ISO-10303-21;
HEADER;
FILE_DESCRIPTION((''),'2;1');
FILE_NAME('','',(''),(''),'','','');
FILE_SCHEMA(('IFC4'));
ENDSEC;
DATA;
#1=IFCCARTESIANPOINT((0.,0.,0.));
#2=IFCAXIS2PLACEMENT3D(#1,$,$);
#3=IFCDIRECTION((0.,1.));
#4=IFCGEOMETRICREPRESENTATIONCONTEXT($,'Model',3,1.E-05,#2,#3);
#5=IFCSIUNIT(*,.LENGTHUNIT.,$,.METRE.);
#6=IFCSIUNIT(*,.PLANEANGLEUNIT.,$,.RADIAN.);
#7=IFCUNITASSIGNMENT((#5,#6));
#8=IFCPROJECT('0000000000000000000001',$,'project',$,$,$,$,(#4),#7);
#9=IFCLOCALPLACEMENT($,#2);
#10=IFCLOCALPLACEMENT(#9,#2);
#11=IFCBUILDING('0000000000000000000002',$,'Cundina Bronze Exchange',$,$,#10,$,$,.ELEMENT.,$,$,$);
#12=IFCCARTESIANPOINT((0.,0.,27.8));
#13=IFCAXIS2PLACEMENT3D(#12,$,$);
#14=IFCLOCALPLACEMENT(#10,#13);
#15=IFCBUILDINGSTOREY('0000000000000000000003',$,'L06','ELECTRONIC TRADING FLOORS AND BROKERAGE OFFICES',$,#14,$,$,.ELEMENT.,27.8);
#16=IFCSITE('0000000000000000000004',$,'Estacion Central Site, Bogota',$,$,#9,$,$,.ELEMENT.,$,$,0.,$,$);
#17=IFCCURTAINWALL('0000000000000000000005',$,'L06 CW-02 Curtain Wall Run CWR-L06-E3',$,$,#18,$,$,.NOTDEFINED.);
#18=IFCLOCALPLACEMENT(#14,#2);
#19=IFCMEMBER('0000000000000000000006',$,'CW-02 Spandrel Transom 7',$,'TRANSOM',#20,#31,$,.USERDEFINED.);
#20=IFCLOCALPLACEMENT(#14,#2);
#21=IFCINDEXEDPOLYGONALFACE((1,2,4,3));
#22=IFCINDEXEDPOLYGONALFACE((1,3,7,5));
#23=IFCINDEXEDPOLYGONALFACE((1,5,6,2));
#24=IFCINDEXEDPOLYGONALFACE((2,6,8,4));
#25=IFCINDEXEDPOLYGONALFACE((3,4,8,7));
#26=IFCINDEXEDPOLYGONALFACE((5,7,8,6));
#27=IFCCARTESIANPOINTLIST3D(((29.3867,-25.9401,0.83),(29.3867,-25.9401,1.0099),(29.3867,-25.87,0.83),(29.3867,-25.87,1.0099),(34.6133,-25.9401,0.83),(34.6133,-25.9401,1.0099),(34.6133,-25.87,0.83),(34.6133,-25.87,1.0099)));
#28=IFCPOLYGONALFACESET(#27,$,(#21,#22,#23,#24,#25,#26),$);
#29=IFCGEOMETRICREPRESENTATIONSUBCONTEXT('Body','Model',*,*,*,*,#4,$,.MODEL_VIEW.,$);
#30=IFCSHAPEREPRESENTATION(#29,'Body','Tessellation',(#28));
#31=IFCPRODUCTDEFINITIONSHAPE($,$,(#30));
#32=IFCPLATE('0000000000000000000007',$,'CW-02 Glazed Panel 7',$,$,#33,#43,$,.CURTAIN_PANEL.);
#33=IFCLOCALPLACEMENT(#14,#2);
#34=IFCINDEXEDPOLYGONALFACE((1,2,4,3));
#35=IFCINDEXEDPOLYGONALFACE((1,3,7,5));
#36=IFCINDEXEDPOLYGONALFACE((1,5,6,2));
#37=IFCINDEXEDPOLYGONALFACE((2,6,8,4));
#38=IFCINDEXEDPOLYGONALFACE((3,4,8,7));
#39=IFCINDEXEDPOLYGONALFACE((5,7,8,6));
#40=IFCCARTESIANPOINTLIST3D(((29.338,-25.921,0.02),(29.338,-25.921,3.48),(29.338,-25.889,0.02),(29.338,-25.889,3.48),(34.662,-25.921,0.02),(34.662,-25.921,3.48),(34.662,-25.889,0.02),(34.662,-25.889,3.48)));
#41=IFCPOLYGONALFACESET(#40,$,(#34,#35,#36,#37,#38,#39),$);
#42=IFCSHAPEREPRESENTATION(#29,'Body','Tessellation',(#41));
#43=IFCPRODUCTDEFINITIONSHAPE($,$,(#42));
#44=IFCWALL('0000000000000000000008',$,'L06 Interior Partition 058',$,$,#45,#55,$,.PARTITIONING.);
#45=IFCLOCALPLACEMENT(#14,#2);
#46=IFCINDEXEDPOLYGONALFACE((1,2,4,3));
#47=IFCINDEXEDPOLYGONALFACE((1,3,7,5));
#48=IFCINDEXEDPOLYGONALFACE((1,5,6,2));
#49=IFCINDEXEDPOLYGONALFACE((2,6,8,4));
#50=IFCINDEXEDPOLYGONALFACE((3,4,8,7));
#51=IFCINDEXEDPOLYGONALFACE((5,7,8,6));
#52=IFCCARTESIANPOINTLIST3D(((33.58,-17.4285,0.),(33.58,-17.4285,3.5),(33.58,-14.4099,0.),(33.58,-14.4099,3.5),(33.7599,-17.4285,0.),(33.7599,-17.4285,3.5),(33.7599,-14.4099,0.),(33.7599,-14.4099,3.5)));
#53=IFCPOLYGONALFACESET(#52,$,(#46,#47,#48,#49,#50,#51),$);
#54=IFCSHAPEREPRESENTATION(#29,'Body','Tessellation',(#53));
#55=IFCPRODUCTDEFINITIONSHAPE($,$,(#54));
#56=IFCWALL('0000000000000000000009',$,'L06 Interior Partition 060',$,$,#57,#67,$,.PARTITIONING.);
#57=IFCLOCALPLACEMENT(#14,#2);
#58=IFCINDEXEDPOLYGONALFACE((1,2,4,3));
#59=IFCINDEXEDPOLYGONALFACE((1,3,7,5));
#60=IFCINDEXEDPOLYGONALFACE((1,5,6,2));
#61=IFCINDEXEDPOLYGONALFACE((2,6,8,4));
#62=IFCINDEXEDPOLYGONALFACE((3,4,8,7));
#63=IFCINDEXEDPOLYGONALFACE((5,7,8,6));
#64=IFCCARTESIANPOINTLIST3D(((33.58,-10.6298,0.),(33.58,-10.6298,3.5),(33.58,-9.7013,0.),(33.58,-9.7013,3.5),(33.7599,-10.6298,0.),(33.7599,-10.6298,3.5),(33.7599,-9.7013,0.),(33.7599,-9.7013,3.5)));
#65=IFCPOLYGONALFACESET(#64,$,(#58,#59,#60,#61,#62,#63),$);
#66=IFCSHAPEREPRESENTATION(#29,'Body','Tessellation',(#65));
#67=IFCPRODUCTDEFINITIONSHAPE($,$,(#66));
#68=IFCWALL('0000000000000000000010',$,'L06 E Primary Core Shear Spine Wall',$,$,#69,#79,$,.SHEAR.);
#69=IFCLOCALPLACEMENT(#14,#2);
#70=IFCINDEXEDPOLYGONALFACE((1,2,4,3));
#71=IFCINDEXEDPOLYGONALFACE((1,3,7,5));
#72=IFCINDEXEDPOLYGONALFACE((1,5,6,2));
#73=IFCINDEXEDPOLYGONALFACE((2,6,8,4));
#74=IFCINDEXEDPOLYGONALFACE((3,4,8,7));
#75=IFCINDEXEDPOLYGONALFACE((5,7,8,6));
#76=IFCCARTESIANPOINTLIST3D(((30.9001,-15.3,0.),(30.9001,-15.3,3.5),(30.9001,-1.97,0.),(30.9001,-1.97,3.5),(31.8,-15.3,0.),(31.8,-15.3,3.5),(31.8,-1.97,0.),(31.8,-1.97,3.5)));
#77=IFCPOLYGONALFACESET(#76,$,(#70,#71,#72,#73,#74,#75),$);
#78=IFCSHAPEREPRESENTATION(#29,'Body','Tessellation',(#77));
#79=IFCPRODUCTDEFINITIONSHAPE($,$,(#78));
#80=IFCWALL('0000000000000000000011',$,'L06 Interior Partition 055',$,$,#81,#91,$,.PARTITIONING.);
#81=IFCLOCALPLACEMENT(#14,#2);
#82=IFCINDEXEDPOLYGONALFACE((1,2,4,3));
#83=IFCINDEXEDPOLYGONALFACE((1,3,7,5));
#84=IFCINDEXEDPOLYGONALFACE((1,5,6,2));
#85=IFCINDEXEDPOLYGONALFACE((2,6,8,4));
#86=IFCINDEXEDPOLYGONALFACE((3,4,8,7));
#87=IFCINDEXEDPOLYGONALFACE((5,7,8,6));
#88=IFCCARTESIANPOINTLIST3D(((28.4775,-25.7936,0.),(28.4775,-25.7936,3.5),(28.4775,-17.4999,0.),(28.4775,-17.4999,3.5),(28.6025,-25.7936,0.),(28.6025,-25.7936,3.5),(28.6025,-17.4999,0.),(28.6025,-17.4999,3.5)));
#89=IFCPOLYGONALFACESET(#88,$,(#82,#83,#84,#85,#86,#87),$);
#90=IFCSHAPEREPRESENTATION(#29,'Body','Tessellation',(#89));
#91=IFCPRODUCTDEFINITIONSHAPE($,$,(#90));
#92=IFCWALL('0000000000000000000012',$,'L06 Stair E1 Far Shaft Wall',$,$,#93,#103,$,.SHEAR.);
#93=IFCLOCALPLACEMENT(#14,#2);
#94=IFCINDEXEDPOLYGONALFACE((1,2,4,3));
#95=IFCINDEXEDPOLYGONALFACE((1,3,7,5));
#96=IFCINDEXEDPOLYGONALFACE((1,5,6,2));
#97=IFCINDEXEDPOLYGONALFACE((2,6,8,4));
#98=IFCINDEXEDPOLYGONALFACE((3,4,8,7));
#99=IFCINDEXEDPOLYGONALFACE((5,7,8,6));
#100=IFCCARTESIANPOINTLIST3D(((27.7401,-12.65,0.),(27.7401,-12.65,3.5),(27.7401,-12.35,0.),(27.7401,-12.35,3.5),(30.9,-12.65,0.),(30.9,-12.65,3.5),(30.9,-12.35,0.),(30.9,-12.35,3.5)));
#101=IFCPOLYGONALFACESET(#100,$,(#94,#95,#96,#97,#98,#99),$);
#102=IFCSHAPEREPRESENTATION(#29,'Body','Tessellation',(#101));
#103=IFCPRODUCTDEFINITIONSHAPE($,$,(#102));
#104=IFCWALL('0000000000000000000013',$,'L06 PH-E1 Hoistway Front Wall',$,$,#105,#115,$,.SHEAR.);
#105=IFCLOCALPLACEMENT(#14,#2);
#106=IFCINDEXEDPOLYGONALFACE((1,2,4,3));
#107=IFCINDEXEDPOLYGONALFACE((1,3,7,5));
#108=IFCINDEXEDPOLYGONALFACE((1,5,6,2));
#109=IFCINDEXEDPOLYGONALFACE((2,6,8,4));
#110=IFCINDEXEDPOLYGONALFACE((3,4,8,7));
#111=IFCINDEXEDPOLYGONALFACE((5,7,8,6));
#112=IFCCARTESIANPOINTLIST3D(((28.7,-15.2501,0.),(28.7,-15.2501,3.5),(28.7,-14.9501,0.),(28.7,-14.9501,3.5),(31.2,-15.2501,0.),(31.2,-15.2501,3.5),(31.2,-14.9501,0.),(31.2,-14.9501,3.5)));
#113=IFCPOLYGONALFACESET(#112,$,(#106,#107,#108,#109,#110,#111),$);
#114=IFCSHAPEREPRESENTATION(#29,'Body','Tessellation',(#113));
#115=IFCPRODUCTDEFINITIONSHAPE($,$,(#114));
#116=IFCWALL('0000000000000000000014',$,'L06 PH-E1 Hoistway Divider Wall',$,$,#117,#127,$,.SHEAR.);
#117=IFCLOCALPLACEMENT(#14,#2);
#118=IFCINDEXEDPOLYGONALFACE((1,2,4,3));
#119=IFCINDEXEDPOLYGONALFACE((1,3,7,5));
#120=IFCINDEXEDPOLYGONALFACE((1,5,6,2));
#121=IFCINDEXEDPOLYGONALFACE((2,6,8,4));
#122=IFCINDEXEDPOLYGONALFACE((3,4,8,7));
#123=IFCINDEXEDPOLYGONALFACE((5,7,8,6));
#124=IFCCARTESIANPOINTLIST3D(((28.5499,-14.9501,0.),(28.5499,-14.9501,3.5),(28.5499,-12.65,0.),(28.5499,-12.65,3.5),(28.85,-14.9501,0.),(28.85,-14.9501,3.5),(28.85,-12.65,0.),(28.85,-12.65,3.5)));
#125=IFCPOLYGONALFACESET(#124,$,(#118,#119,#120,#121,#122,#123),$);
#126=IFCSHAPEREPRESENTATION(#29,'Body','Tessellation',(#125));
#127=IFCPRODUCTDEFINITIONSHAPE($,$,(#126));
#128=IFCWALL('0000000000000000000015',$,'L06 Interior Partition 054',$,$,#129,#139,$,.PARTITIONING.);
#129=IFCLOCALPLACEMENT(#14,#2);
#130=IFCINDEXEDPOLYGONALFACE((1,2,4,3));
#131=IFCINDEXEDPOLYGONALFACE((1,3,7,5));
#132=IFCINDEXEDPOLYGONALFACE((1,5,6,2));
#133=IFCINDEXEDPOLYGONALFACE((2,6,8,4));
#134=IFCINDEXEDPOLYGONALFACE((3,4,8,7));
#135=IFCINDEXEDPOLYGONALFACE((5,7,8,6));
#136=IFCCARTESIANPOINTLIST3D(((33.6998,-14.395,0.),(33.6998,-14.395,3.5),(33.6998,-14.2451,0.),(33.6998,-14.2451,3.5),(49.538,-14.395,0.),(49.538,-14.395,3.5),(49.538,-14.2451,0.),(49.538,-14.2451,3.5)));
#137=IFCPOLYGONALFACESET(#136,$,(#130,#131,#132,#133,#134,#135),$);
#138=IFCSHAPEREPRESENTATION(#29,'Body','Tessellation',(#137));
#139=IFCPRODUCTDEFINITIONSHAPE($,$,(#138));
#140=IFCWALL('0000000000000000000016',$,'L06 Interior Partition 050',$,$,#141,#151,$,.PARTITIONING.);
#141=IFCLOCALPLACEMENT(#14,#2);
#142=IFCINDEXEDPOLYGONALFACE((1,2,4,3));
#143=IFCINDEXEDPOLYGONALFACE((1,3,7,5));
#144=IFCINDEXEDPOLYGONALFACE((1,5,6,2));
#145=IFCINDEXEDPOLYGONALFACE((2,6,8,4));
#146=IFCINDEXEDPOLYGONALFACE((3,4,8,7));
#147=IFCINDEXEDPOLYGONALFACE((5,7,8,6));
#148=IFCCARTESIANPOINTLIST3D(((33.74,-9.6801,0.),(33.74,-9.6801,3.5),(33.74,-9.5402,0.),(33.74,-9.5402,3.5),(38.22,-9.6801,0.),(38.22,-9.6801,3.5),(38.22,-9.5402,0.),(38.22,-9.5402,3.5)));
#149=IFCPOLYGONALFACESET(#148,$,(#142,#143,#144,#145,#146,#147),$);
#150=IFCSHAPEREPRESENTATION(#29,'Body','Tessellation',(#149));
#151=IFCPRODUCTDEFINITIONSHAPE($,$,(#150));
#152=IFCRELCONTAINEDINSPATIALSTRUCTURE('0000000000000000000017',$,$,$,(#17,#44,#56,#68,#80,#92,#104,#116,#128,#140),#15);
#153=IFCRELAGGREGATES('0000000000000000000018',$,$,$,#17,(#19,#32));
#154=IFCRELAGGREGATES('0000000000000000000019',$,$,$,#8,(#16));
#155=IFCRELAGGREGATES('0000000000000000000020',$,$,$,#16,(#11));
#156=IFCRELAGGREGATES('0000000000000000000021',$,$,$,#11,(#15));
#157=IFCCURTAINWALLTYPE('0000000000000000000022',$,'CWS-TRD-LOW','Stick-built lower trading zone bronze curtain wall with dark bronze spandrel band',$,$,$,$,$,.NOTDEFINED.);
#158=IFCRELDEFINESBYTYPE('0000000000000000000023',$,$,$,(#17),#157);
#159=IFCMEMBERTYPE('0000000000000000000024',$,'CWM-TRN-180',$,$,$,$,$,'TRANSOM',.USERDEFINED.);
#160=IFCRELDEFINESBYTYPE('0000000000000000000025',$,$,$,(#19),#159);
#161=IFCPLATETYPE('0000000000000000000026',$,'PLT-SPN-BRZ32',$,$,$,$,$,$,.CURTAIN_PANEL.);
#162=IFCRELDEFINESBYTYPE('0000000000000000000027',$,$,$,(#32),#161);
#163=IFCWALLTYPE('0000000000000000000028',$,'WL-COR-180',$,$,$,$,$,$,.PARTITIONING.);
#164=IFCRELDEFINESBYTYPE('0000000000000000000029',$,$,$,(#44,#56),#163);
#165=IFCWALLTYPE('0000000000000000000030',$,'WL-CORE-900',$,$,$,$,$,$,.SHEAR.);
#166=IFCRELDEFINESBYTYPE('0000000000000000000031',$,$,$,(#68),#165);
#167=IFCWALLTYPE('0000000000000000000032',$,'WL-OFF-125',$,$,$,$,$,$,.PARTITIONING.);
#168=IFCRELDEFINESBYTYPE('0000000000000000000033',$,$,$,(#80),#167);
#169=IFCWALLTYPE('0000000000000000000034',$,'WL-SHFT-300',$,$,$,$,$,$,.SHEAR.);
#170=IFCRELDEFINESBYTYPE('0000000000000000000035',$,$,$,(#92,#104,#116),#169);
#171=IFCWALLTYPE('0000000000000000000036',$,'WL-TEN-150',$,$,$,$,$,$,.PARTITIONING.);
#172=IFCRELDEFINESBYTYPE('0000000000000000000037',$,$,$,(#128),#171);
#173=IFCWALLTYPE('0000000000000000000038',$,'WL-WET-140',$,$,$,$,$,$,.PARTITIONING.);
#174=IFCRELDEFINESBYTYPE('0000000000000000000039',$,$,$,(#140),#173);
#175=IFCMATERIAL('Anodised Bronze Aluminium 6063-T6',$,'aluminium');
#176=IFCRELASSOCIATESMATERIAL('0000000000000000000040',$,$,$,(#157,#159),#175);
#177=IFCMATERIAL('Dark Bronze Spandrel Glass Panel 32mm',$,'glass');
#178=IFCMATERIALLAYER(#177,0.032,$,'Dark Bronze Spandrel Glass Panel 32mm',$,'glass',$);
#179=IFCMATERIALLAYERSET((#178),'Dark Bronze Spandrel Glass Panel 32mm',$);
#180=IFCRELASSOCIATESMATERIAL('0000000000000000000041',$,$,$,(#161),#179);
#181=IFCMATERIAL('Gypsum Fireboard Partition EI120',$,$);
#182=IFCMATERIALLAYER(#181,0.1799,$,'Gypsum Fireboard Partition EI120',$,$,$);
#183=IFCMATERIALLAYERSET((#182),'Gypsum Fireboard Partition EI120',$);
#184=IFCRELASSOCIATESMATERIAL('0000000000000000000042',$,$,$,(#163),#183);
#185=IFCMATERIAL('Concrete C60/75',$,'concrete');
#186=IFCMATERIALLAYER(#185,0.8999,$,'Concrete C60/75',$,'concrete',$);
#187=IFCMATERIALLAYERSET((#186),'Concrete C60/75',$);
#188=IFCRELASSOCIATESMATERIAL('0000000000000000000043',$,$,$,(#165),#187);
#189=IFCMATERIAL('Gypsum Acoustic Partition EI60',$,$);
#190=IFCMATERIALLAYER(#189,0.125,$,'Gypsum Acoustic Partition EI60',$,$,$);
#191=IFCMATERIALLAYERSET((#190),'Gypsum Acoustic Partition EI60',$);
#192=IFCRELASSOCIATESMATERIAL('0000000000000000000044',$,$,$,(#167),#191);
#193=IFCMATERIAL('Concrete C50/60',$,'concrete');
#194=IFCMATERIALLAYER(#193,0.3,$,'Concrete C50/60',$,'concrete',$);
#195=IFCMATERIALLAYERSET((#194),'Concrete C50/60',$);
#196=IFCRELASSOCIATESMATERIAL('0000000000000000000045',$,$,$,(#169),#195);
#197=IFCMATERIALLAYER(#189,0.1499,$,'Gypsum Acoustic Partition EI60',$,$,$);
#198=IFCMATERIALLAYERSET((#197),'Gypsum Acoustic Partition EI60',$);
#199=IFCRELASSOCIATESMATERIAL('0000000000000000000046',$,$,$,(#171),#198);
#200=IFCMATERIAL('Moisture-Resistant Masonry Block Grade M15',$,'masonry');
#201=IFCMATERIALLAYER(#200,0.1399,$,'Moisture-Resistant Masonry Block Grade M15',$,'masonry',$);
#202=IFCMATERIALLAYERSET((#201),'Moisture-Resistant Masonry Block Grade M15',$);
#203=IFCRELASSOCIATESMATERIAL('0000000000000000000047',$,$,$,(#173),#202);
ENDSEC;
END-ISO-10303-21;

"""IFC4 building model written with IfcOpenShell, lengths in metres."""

from ifc_helpers import new_model, si_unit, direction, frame, frame_2d, origin, origin_2d, place, context, subcontext, project, spatial, rectangle, extrude, material, layer, layer_set, material_profile, profile_set, type_object, element, aggregate, save


model = new_model("IFC4")

# Units and contexts
model_context = context("Model", 3, precision=1e-05, world=origin(), true_north=direction((0.0, 1.0)))
body_context = subcontext(model_context, "Body", "Model", "MODEL_VIEW")
ifc_project = project(units=[si_unit("LENGTHUNIT", "METRE"), si_unit("PLANEANGLEUNIT", "RADIAN")], contexts=[model_context])

# Site, building, storey
site_placement = place(None, origin())
site = spatial("IfcSite", under=ifc_project, at=site_placement, Name="Estacion Central Site, Bogota", CompositionType="ELEMENT", RefElevation=0.0)
building_placement = place(site_placement, origin())
building = spatial("IfcBuilding", under=site, at=building_placement, Name="Cundina Bronze Exchange", CompositionType="ELEMENT")
storey_placement = place(building_placement, frame((0.0, 0.0, 27.8)))
storey = spatial("IfcBuildingStorey", under=building, at=storey_placement, Name="L06", Description="ELECTRONIC TRADING FLOORS AND BROKERAGE OFFICES", CompositionType="ELEMENT", Elevation=27.8)

# Shared definitions
ifc_material_1 = material(Name="Concrete C60/75", Category="concrete")

# Curtain wall
ifc_material_2 = material(Name="Anodised Bronze Aluminium 6063-T6", Category="aluminium")
curtain_wall_type = type_object("IfcCurtainWallType", Name="CWS-TRD-LOW", Description="Stick-built lower trading zone bronze curtain wall with dark bronze spandrel band", PredefinedType="NOTDEFINED", material=ifc_material_2)
curtain_wall_1_placement = place(storey_placement, origin())
curtain_wall_1 = element("IfcCurtainWall", 1, at=curtain_wall_1_placement, inside=storey, type_object=curtain_wall_type, Name="L06 CW-02 Curtain Wall Run CWR-L06-E3", PredefinedType="NOTDEFINED")

# Member
ifc_material_profile_1 = material_profile(ifc_material_2, rectangle(XDim=0.0701, YDim=0.1799, at=origin_2d()), Name="AL70X180", Category="aluminium")
ifc_profile_set_1 = profile_set([ifc_material_profile_1], Name="Anodised Bronze Aluminium 6063-T6")
member_type_1 = type_object("IfcMemberType", Name="CWM-TRN-180", ElementType="TRANSOM", PredefinedType="USERDEFINED", material=ifc_profile_set_1)
member_1_placement = place(storey_placement, frame((29.3867, -25.905, 0.9199), z_axis=(1.0, 0.0, 0.0), x_axis=(0.0, 1.0, 0.0)))
member_1 = element("IfcMember", 2, at=member_1_placement, type_object=member_type_1, Name="CW-02 Spandrel Transom 7", ObjectType="TRANSOM", PredefinedType="USERDEFINED", context=body_context, shape_type="SweptSolid", body=[
    extrude(rectangle(XDim=0.0701, YDim=0.1799, at=origin_2d()), origin(), (0.0, 0.0, 1.0), 5.2266),
])

# Plate
ifc_material_3 = material(Name="Dark Bronze Spandrel Glass Panel 32mm", Category="glass")
ifc_layer_1 = layer(ifc_material_3, 0.032, Name="Dark Bronze Spandrel Glass Panel 32mm", Category="glass")
ifc_layer_set_1 = layer_set([ifc_layer_1], Name="Dark Bronze Spandrel Glass Panel 32mm")
plate_type = type_object("IfcPlateType", Name="PLT-SPN-BRZ32", PredefinedType="CURTAIN_PANEL", material=ifc_layer_set_1)
plate_placement = place(storey_placement, frame((32.0, -25.905, 0.02), z_axis=(0.0, 0.0, 1.0), x_axis=(1.0, 0.0, 0.0)))
plate = element("IfcPlate", 3, at=plate_placement, type_object=plate_type, Name="CW-02 Glazed Panel 7", PredefinedType="CURTAIN_PANEL", context=body_context, shape_type="SweptSolid", body=[
    extrude(rectangle(XDim=5.324, YDim=0.032, at=origin_2d()), origin(), (0.0, 0.0, 1.0), 3.46),
])
aggregate(curtain_wall_1, [member_1, plate])

# Shared definitions
ifc_material_4 = material(Name="Gypsum Fireboard Partition EI120")
ifc_layer_2 = layer(ifc_material_4, 0.1799, Name="Gypsum Fireboard Partition EI120")
ifc_layer_set_2 = layer_set([ifc_layer_2], Name="Gypsum Fireboard Partition EI120")
wall_type_1 = type_object("IfcWallType", Name="WL-COR-180", PredefinedType="PARTITIONING", material=ifc_layer_set_2)

# Wall
wall_1_placement = place(storey_placement, frame((33.6699, -17.4285, 0.0), z_axis=(0.0, 0.0, 1.0), x_axis=(0.0, 1.0, 0.0)))
element("IfcWall", 4, at=wall_1_placement, inside=storey, type_object=wall_type_1, Name="L06 Interior Partition 058", PredefinedType="PARTITIONING", context=body_context, shape_type="SweptSolid", body=[
    extrude(rectangle(XDim=3.0186, YDim=0.1799, at=frame_2d((1.5093, 0.0))), origin(), (0.0, 0.0, 1.0), 3.5),
])

# Walls
wall_2_placement = place(storey_placement, frame((33.6699, -10.6299, 0.0), z_axis=(0.0, 0.0, 1.0), x_axis=(0.0, 1.0, 0.0)))
element("IfcWall", 5, at=wall_2_placement, inside=storey, type_object=wall_type_1, Name="L06 Interior Partition 060", PredefinedType="PARTITIONING", context=body_context, shape_type="SweptSolid", body=[
    extrude(rectangle(XDim=0.9285, YDim=0.1799, at=frame_2d((0.4644, 0.0))), origin(), (0.0, 0.0, 1.0), 3.5),
])
ifc_layer_3 = layer(ifc_material_1, 0.8999, Name="Concrete C60/75", Category="concrete")
ifc_layer_set_3 = layer_set([ifc_layer_3], Name="Concrete C60/75")
wall_type_2 = type_object("IfcWallType", Name="WL-CORE-900", PredefinedType="SHEAR", material=ifc_layer_set_3)
wall_3_placement = place(storey_placement, frame((31.3501, -15.3, 0.0), z_axis=(0.0, 0.0, 1.0), x_axis=(0.0, 1.0, 0.0)))
element("IfcWall", 6, at=wall_3_placement, inside=storey, type_object=wall_type_2, Name="L06 E Primary Core Shear Spine Wall", PredefinedType="SHEAR", context=body_context, shape_type="SweptSolid", body=[
    extrude(rectangle(XDim=13.3301, YDim=0.8999, at=frame_2d((6.665, 0.0))), origin(), (0.0, 0.0, 1.0), 3.5),
])
ifc_material_5 = material(Name="Gypsum Acoustic Partition EI60")
ifc_layer_4 = layer(ifc_material_5, 0.125, Name="Gypsum Acoustic Partition EI60")
ifc_layer_set_4 = layer_set([ifc_layer_4], Name="Gypsum Acoustic Partition EI60")
wall_type_3 = type_object("IfcWallType", Name="WL-OFF-125", PredefinedType="PARTITIONING", material=ifc_layer_set_4)
wall_4_placement = place(storey_placement, frame((28.54, -25.7937, 0.0), z_axis=(0.0, 0.0, 1.0), x_axis=(0.0, 1.0, 0.0)))
element("IfcWall", 7, at=wall_4_placement, inside=storey, type_object=wall_type_3, Name="L06 Interior Partition 055", PredefinedType="PARTITIONING", context=body_context, shape_type="SweptSolid", body=[
    extrude(rectangle(XDim=8.2937, YDim=0.125, at=frame_2d((4.147, 0.0))), origin(), (0.0, 0.0, 1.0), 3.5),
])
ifc_material_6 = material(Name="Concrete C50/60", Category="concrete")
ifc_layer_5 = layer(ifc_material_6, 0.3, Name="Concrete C50/60", Category="concrete")
ifc_layer_set_5 = layer_set([ifc_layer_5], Name="Concrete C50/60")
wall_type_4 = type_object("IfcWallType", Name="WL-SHFT-300", PredefinedType="SHEAR", material=ifc_layer_set_5)
wall_5_placement = place(storey_placement, frame((27.74, -12.5, 0.0), z_axis=(0.0, 0.0, 1.0), x_axis=(1.0, 0.0, 0.0)))
element("IfcWall", 8, at=wall_5_placement, inside=storey, type_object=wall_type_4, Name="L06 Stair E1 Far Shaft Wall", PredefinedType="SHEAR", context=body_context, shape_type="SweptSolid", body=[
    extrude(rectangle(XDim=3.1599, YDim=0.3, at=frame_2d((1.5801, 0.0))), origin(), (0.0, 0.0, 1.0), 3.5),
])
wall_6_placement = place(storey_placement, frame((28.7, -15.1001, 0.0), z_axis=(0.0, 0.0, 1.0), x_axis=(1.0, 0.0, 0.0)))
element("IfcWall", 9, at=wall_6_placement, inside=storey, type_object=wall_type_4, Name="L06 PH-E1 Hoistway Front Wall", PredefinedType="SHEAR", context=body_context, shape_type="SweptSolid", body=[
    extrude(rectangle(XDim=2.5, YDim=0.3, at=frame_2d((1.25, 0.0))), origin(), (0.0, 0.0, 1.0), 3.5),
])
wall_7_placement = place(storey_placement, frame((28.7, -14.95, 0.0), z_axis=(0.0, 0.0, 1.0), x_axis=(0.0, 1.0, 0.0)))
element("IfcWall", 10, at=wall_7_placement, inside=storey, type_object=wall_type_4, Name="L06 PH-E1 Hoistway Divider Wall", PredefinedType="SHEAR", context=body_context, shape_type="SweptSolid", body=[
    extrude(rectangle(XDim=2.3, YDim=0.3, at=frame_2d((1.1499, 0.0))), origin(), (0.0, 0.0, 1.0), 3.5),
])
ifc_layer_6 = layer(ifc_material_5, 0.1499, Name="Gypsum Acoustic Partition EI60")
ifc_layer_set_6 = layer_set([ifc_layer_6], Name="Gypsum Acoustic Partition EI60")
wall_type_5 = type_object("IfcWallType", Name="WL-TEN-150", PredefinedType="PARTITIONING", material=ifc_layer_set_6)
wall_8_placement = place(storey_placement, frame((33.7, -14.3201, 0.0), z_axis=(0.0, 0.0, 1.0), x_axis=(1.0, 0.0, 0.0)))
element("IfcWall", 11, at=wall_8_placement, inside=storey, type_object=wall_type_5, Name="L06 Interior Partition 054", PredefinedType="PARTITIONING", context=body_context, shape_type="SweptSolid", body=[
    extrude(rectangle(XDim=15.8381, YDim=0.1499, at=frame_2d((7.9189, 0.0))), origin(), (0.0, 0.0, 1.0), 3.5),
])
ifc_material_7 = material(Name="Moisture-Resistant Masonry Block Grade M15", Category="masonry")
ifc_layer_7 = layer(ifc_material_7, 0.1399, Name="Moisture-Resistant Masonry Block Grade M15", Category="masonry")
ifc_layer_set_7 = layer_set([ifc_layer_7], Name="Moisture-Resistant Masonry Block Grade M15")
wall_type_6 = type_object("IfcWallType", Name="WL-WET-140", PredefinedType="PARTITIONING", material=ifc_layer_set_7)
wall_9_placement = place(storey_placement, frame((33.74, -9.6101, 0.0), z_axis=(0.0, 0.0, 1.0), x_axis=(1.0, 0.0, 0.0)))
element("IfcWall", 12, at=wall_9_placement, inside=storey, type_object=wall_type_6, Name="L06 Interior Partition 050", PredefinedType="PARTITIONING", context=body_context, shape_type="SweptSolid", body=[
    extrude(rectangle(XDim=4.48, YDim=0.1399, at=frame_2d((2.24, 0.0))), origin(), (0.0, 0.0, 1.0), 3.5),
])

save(model, "model.ifc")
